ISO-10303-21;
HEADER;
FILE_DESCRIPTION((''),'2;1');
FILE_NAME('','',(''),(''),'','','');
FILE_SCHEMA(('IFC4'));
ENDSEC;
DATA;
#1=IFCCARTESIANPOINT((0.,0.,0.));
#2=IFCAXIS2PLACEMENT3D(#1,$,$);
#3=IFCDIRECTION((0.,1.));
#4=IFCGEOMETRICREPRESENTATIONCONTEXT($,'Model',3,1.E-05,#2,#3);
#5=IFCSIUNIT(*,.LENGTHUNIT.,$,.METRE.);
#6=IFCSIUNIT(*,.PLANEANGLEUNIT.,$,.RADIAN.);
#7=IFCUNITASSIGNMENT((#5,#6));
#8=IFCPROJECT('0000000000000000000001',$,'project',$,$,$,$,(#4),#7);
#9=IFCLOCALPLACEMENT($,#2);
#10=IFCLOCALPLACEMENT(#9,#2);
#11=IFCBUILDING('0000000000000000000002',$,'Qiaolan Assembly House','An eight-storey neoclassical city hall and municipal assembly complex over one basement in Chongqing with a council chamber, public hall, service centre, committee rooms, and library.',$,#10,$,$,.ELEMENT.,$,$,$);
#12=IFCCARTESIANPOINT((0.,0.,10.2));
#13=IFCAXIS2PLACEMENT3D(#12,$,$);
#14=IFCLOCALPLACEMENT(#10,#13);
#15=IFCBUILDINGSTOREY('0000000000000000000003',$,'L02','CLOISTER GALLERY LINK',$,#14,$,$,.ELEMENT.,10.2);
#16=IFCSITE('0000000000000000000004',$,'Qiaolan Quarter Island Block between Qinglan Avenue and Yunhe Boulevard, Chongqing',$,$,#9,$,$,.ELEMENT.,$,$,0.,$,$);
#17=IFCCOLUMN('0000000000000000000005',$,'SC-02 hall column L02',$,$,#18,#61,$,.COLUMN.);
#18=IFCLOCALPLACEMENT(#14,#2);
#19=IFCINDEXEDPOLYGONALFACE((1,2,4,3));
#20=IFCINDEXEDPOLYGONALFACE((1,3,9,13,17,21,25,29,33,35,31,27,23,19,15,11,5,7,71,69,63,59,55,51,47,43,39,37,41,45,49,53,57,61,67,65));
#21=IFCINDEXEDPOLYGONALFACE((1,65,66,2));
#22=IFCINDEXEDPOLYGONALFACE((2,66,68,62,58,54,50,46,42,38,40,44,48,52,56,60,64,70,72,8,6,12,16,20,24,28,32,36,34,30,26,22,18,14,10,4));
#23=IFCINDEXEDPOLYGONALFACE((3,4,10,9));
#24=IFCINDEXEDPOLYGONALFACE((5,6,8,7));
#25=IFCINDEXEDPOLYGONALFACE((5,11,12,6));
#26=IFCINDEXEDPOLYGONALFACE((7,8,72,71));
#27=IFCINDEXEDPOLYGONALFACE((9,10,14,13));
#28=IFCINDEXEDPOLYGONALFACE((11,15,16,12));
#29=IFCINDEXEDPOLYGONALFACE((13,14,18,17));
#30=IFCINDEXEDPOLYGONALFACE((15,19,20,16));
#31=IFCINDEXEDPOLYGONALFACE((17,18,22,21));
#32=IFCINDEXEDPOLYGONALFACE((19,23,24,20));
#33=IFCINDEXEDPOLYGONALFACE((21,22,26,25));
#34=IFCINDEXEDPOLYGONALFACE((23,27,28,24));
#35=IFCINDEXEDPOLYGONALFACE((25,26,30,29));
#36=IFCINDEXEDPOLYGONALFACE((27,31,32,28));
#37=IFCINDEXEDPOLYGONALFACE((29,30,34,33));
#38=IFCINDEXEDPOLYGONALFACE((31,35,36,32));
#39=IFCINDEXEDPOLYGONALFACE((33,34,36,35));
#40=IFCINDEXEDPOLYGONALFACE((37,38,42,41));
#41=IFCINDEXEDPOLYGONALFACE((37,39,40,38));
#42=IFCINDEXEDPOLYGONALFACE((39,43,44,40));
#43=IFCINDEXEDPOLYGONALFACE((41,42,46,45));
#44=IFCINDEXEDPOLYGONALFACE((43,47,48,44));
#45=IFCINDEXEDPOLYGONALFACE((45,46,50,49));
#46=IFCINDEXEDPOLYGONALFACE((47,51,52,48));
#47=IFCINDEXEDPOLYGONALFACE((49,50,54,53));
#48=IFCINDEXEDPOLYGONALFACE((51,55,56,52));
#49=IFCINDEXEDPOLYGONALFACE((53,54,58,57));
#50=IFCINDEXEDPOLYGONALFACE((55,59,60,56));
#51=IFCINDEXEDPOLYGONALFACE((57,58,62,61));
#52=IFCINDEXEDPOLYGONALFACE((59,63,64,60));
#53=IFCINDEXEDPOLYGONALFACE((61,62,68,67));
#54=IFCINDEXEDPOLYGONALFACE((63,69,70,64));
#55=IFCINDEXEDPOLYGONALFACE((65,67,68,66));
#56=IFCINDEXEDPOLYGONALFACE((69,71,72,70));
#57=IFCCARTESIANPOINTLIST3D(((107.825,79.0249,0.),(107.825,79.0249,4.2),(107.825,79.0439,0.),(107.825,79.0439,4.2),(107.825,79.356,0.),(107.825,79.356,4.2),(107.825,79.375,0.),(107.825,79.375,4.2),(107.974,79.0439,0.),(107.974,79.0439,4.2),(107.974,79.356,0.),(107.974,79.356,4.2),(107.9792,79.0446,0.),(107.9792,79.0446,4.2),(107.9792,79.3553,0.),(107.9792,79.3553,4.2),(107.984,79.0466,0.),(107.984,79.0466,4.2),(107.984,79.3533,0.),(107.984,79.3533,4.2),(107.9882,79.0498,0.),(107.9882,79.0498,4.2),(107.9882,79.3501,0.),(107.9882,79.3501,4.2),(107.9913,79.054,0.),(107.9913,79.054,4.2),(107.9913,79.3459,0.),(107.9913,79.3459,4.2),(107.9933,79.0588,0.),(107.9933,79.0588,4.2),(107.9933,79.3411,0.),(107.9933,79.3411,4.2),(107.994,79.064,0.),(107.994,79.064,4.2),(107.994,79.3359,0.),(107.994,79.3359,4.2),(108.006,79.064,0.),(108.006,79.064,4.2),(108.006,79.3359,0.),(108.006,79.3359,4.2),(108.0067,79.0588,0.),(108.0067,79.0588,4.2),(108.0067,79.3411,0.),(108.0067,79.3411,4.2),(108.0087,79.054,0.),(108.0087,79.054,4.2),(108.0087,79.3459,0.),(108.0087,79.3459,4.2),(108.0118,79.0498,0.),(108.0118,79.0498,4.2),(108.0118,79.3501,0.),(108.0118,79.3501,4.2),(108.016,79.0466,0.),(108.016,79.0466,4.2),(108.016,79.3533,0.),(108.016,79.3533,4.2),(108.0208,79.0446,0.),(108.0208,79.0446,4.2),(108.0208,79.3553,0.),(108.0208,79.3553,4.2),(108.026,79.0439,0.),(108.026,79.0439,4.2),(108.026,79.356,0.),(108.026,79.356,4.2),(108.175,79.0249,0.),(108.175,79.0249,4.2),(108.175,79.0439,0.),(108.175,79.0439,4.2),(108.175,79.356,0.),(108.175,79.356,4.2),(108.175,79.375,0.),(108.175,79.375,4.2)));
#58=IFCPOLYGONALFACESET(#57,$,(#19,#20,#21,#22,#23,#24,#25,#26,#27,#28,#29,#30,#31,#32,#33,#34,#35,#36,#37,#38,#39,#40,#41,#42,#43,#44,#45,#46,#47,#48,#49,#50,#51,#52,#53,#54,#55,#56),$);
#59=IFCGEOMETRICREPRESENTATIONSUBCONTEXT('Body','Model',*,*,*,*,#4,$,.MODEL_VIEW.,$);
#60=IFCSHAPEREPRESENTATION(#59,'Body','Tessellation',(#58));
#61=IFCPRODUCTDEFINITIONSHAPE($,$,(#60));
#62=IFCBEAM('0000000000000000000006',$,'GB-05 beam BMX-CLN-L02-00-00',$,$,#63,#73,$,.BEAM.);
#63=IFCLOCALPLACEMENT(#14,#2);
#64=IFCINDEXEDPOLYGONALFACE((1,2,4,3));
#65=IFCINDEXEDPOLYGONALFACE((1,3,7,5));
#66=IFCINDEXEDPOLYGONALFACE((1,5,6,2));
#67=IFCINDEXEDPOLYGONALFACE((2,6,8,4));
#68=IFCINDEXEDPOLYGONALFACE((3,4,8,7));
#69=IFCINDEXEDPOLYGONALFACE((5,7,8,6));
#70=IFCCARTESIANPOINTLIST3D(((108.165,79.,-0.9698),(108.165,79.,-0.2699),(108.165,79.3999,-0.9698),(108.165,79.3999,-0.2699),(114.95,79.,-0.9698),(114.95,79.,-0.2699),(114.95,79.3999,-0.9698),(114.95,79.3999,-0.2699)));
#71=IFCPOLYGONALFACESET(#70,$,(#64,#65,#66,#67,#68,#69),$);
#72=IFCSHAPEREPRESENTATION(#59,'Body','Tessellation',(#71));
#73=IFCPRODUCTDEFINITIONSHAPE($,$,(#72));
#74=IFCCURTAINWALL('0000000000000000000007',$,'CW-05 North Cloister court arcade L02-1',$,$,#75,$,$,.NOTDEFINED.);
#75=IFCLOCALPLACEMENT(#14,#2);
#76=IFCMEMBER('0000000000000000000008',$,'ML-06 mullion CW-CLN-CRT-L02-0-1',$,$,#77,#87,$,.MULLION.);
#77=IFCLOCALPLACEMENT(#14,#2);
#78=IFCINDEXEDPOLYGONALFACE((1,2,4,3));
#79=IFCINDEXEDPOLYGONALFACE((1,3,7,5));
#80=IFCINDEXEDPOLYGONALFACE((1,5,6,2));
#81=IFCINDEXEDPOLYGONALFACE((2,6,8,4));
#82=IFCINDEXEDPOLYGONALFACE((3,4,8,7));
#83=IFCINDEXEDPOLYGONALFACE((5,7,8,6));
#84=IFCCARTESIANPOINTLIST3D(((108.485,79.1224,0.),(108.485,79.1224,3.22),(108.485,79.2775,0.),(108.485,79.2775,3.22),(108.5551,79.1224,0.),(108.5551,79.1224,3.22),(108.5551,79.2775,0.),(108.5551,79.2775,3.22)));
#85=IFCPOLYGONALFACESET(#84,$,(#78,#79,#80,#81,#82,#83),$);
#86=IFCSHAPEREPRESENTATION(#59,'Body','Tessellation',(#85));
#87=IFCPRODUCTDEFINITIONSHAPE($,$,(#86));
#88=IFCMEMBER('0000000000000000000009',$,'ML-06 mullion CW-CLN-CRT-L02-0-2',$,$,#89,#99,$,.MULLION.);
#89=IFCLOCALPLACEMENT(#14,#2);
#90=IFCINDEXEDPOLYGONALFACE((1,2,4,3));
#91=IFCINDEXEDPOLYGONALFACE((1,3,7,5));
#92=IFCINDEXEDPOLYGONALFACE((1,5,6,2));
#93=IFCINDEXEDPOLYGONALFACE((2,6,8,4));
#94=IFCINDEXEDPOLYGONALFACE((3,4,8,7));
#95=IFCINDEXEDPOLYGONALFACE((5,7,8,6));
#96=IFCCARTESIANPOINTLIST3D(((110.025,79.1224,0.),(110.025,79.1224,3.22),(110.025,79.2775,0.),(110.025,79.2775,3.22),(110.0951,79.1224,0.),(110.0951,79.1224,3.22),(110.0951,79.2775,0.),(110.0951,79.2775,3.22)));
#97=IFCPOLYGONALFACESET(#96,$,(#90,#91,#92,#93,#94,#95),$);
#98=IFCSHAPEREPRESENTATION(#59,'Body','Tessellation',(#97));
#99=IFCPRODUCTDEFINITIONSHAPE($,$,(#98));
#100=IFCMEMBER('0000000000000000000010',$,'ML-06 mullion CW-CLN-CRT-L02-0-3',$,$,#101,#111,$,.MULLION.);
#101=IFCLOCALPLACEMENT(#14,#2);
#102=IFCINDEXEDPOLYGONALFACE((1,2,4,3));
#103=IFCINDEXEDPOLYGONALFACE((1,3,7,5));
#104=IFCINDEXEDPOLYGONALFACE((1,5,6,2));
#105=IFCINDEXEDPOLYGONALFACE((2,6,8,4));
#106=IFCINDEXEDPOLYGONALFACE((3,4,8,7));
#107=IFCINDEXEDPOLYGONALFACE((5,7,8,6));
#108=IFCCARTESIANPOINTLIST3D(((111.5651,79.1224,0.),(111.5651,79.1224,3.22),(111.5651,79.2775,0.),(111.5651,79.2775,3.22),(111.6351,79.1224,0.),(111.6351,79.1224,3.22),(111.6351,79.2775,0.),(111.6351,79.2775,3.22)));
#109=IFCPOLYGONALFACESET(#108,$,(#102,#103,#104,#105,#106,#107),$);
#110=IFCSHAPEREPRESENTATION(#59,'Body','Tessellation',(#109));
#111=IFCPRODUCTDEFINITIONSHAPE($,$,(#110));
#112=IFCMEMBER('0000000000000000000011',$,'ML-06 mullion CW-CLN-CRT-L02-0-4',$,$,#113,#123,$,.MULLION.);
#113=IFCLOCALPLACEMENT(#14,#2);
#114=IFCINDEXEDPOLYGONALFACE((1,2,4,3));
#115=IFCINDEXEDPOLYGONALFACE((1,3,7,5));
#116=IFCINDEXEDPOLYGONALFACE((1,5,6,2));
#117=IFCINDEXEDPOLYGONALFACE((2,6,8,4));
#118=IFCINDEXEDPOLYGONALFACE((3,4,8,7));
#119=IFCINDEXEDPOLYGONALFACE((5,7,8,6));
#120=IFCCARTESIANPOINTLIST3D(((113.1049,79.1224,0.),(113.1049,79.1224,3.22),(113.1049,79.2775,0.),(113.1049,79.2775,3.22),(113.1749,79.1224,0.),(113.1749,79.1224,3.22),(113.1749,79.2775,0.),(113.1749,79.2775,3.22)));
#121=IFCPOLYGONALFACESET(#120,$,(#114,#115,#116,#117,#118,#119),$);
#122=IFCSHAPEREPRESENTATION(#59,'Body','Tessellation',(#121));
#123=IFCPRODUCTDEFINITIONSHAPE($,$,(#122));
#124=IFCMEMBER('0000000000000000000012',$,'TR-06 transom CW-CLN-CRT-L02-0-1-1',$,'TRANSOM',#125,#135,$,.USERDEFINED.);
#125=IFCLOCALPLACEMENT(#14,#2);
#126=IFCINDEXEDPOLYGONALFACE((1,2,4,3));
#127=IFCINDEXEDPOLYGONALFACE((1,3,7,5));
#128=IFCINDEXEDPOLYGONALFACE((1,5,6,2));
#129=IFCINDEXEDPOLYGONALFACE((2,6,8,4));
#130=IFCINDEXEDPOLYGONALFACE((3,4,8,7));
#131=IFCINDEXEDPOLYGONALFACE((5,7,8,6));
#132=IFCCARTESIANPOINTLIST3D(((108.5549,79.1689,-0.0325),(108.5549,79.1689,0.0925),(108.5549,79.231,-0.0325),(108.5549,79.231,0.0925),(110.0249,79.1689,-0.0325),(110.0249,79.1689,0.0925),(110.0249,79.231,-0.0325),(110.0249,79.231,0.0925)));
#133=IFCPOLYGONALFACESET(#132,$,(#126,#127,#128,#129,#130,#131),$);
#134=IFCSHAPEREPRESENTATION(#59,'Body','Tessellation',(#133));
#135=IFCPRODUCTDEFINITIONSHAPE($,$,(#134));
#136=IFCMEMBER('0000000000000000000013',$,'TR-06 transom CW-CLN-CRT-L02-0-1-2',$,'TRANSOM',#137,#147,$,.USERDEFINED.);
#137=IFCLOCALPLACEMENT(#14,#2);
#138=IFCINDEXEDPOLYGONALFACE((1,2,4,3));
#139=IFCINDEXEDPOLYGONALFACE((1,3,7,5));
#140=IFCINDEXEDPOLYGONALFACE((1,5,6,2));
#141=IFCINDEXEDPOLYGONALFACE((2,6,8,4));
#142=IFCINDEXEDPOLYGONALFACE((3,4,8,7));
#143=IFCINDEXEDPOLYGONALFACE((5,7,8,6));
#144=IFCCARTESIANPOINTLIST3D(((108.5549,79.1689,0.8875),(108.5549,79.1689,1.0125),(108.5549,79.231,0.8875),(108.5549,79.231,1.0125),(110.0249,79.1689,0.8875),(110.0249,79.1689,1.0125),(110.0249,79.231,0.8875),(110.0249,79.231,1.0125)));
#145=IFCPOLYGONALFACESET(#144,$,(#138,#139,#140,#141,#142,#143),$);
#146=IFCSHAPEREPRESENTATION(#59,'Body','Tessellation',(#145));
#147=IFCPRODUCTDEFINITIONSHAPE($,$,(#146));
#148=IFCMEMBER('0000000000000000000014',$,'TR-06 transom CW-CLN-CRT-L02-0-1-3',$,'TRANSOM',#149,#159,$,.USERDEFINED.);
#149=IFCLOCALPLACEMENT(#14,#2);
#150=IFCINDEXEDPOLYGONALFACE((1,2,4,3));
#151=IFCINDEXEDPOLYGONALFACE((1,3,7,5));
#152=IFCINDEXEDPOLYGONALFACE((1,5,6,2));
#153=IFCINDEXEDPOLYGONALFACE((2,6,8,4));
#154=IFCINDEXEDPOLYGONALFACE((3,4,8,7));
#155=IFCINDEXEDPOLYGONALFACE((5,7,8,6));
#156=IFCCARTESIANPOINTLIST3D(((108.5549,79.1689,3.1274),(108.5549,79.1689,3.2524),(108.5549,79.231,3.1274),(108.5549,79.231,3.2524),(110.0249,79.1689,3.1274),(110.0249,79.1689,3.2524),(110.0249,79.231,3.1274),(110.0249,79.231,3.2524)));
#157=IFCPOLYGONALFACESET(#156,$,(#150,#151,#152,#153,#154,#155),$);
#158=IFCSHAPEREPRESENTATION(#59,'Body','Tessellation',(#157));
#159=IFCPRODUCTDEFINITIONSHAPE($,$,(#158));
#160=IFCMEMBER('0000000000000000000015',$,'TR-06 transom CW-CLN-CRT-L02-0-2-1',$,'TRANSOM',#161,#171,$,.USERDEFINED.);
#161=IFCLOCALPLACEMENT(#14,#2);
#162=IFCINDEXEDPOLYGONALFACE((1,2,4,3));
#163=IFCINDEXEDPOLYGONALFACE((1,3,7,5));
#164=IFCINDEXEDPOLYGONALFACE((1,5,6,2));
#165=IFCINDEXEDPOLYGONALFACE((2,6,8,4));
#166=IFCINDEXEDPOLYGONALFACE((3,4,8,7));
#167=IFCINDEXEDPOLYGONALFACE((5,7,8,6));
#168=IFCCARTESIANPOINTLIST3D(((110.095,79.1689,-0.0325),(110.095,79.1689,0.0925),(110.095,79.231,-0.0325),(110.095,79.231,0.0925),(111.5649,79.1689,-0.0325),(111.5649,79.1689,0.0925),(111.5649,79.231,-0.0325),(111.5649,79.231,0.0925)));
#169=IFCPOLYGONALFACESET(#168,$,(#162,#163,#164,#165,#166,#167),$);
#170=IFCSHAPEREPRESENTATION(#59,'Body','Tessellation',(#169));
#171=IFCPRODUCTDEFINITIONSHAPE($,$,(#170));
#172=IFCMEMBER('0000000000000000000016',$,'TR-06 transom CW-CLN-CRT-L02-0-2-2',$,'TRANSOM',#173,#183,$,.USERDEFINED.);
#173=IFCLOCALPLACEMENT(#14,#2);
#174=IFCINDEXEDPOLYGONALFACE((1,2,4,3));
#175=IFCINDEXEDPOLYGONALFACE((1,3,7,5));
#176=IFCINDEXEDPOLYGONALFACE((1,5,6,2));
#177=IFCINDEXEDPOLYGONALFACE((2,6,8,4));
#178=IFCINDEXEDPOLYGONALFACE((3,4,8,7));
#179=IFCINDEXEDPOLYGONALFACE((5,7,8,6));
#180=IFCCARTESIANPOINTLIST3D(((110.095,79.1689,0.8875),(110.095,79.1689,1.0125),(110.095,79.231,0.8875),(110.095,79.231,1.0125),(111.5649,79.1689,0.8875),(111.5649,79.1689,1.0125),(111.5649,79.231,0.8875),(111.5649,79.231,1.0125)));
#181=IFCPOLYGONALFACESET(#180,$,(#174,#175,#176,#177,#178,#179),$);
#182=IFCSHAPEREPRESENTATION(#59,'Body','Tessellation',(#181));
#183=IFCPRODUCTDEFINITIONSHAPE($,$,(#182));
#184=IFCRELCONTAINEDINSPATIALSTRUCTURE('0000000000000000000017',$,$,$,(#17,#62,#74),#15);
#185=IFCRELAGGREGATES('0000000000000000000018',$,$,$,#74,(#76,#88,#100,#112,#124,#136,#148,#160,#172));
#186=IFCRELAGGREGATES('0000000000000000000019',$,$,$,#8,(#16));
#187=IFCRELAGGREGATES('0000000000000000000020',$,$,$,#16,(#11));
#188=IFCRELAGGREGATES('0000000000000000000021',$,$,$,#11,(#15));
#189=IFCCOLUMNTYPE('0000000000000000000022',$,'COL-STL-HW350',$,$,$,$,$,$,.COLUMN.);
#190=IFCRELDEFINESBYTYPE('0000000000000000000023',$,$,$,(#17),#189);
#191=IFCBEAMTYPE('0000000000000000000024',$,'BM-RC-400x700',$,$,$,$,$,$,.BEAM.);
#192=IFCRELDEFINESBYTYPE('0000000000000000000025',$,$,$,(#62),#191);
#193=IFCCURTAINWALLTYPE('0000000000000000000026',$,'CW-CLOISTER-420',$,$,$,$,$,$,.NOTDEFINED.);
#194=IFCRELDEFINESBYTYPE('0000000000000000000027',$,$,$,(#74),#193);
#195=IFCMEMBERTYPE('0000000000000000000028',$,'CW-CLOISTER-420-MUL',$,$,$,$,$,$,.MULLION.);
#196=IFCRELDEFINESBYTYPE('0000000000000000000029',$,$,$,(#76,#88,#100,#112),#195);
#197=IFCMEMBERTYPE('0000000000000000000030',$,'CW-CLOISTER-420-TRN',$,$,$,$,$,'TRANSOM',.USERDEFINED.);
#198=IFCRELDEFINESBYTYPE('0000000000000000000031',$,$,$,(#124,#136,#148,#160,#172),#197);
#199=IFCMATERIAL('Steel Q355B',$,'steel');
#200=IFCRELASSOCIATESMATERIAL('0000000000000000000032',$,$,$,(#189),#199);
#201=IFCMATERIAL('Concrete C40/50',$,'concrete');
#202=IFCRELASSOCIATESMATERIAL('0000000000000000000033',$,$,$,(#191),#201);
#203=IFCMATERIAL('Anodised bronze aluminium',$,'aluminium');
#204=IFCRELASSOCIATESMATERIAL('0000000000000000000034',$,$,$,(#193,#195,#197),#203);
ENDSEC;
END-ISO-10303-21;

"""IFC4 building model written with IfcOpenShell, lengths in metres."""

from ifc_helpers import new_model, si_unit, direction, frame, origin, origin_2d, place, context, subcontext, project, spatial, rectangle, i_section, extrude, material, material_profile, profile_set, type_object, element, aggregate, save


model = new_model("IFC4")

# Units and contexts
model_context = context("Model", 3, precision=1e-05, world=origin(), true_north=direction((0.0, 1.0)))
body_context = subcontext(model_context, "Body", "Model", "MODEL_VIEW")
ifc_project = project(units=[si_unit("LENGTHUNIT", "METRE"), si_unit("PLANEANGLEUNIT", "RADIAN")], contexts=[model_context])

# Site, building, storey
site_placement = place(None, origin())
site = spatial("IfcSite", under=ifc_project, at=site_placement, Name="Qiaolan Quarter Island Block between Qinglan Avenue and Yunhe Boulevard, Chongqing", CompositionType="ELEMENT", RefElevation=0.0)
building_placement = place(site_placement, origin())
building = spatial("IfcBuilding", under=site, at=building_placement, Name="Qiaolan Assembly House", Description="An eight-storey neoclassical city hall and municipal assembly complex over one basement in Chongqing with a council chamber, public hall, service centre, committee rooms, and library.", CompositionType="ELEMENT")
storey_placement = place(building_placement, frame((0.0, 0.0, 10.2)))
storey = spatial("IfcBuildingStorey", under=building, at=storey_placement, Name="L02", Description="CLOISTER GALLERY LINK", CompositionType="ELEMENT", Elevation=10.2)

# Column
ifc_material_1 = material(Name="Steel Q355B", Category="steel")
ifc_material_profile_1 = material_profile(ifc_material_1, i_section(OverallWidth=0.3501, OverallDepth=0.3501, WebThickness=0.012, FlangeThickness=0.019, FilletRadius=0.02, at=origin_2d()), Name="HW 350x350x12x19")
ifc_profile_set_1 = profile_set([ifc_material_profile_1], Name="Steel Q355B")
column_type = type_object("IfcColumnType", Name="COL-STL-HW350", PredefinedType="COLUMN", material=ifc_profile_set_1)
column_placement = place(storey_placement, frame((108.0, 79.2, 0.0), z_axis=(0.0, 0.0, 1.0), x_axis=(1.0, 0.0, 0.0)))
element("IfcColumn", 1, at=column_placement, inside=storey, type_object=column_type, Name="SC-02 hall column L02", PredefinedType="COLUMN", context=body_context, shape_type="SweptSolid", body=[
    extrude(i_section(OverallWidth=0.3501, OverallDepth=0.3501, WebThickness=0.012, FlangeThickness=0.019, FilletRadius=0.02, at=origin_2d()), origin(), (0.0, 0.0, 1.0), 4.2),
])

# Beam
ifc_material_2 = material(Name="Concrete C40/50", Category="concrete")
ifc_material_profile_2 = material_profile(ifc_material_2, rectangle(XDim=0.3999, YDim=0.7, at=origin_2d()), Name="RCB 400x700")
ifc_profile_set_2 = profile_set([ifc_material_profile_2], Name="Concrete C40/50")
beam_type = type_object("IfcBeamType", Name="BM-RC-400x700", PredefinedType="BEAM", material=ifc_profile_set_2)
beam_placement = place(storey_placement, frame((108.165, 79.2, -0.6199), z_axis=(1.0, 0.0, 0.0), x_axis=(0.0, 1.0, 0.0)))
element("IfcBeam", 2, at=beam_placement, inside=storey, type_object=beam_type, Name="GB-05 beam BMX-CLN-L02-00-00", PredefinedType="BEAM", context=body_context, shape_type="SweptSolid", body=[
    extrude(rectangle(XDim=0.3999, YDim=0.7, at=origin_2d()), origin(), (0.0, 0.0, 1.0), 6.7849),
])

# Curtain wall, members
ifc_material_3 = material(Name="Anodised bronze aluminium", Category="aluminium")
curtain_wall_type = type_object("IfcCurtainWallType", Name="CW-CLOISTER-420", PredefinedType="NOTDEFINED", material=ifc_material_3)
curtain_wall_placement = place(storey_placement, origin())
curtain_wall = element("IfcCurtainWall", 3, at=curtain_wall_placement, inside=storey, type_object=curtain_wall_type, Name="CW-05 North Cloister court arcade L02-1", PredefinedType="NOTDEFINED")
ifc_material_profile_3 = material_profile(ifc_material_3, rectangle(XDim=0.0701, YDim=0.155, at=origin_2d()), Name="MUL 70x155")
ifc_profile_set_3 = profile_set([ifc_material_profile_3], Name="Anodised bronze aluminium")
member_type_1 = type_object("IfcMemberType", Name="CW-CLOISTER-420-MUL", PredefinedType="MULLION", material=ifc_profile_set_3)
member_1_placement = place(storey_placement, frame((108.52, 79.2, 0.0), z_axis=(0.0, 0.0, 1.0), x_axis=(1.0, 0.0, 0.0)))
member_1 = element("IfcMember", 4, at=member_1_placement, type_object=member_type_1, Name="ML-06 mullion CW-CLN-CRT-L02-0-1", PredefinedType="MULLION", context=body_context, shape_type="SweptSolid", body=[
    extrude(rectangle(XDim=0.0701, YDim=0.155, at=origin_2d()), origin(), (0.0, 0.0, 1.0), 3.22),
])
member_2_placement = place(storey_placement, frame((110.0601, 79.2, 0.0), z_axis=(0.0, 0.0, 1.0), x_axis=(1.0, 0.0, 0.0)))
member_2 = element("IfcMember", 5, at=member_2_placement, type_object=member_type_1, Name="ML-06 mullion CW-CLN-CRT-L02-0-2", PredefinedType="MULLION", context=body_context, shape_type="SweptSolid", body=[
    extrude(rectangle(XDim=0.0701, YDim=0.155, at=origin_2d()), origin(), (0.0, 0.0, 1.0), 3.22),
])
member_3_placement = place(storey_placement, frame((111.6001, 79.2, 0.0), z_axis=(0.0, 0.0, 1.0), x_axis=(1.0, 0.0, 0.0)))
member_3 = element("IfcMember", 6, at=member_3_placement, type_object=member_type_1, Name="ML-06 mullion CW-CLN-CRT-L02-0-3", PredefinedType="MULLION", context=body_context, shape_type="SweptSolid", body=[
    extrude(rectangle(XDim=0.0701, YDim=0.155, at=origin_2d()), origin(), (0.0, 0.0, 1.0), 3.22),
])
member_4_placement = place(storey_placement, frame((113.1399, 79.2, 0.0), z_axis=(0.0, 0.0, 1.0), x_axis=(1.0, 0.0, 0.0)))
member_4 = element("IfcMember", 7, at=member_4_placement, type_object=member_type_1, Name="ML-06 mullion CW-CLN-CRT-L02-0-4", PredefinedType="MULLION", context=body_context, shape_type="SweptSolid", body=[
    extrude(rectangle(XDim=0.0701, YDim=0.155, at=origin_2d()), origin(), (0.0, 0.0, 1.0), 3.22),
])
ifc_material_profile_4 = material_profile(ifc_material_3, rectangle(XDim=0.062, YDim=0.125, at=origin_2d()), Name="TRN 62x125")
ifc_profile_set_4 = profile_set([ifc_material_profile_4], Name="Anodised bronze aluminium")
member_type_2 = type_object("IfcMemberType", Name="CW-CLOISTER-420-TRN", ElementType="TRANSOM", PredefinedType="USERDEFINED", material=ifc_profile_set_4)
member_5_placement = place(storey_placement, frame((108.5549, 79.2, 0.03), z_axis=(1.0, 0.0, 0.0), x_axis=(0.0, 1.0, 0.0)))
member_5 = element("IfcMember", 8, at=member_5_placement, type_object=member_type_2, Name="TR-06 transom CW-CLN-CRT-L02-0-1-1", ObjectType="TRANSOM", PredefinedType="USERDEFINED", context=body_context, shape_type="SweptSolid", body=[
    extrude(rectangle(XDim=0.062, YDim=0.125, at=origin_2d()), origin(), (0.0, 0.0, 1.0), 1.47),
])
member_6_placement = place(storey_placement, frame((108.5549, 79.2, 0.95), z_axis=(1.0, 0.0, 0.0), x_axis=(0.0, 1.0, 0.0)))
member_6 = element("IfcMember", 9, at=member_6_placement, type_object=member_type_2, Name="TR-06 transom CW-CLN-CRT-L02-0-1-2", ObjectType="TRANSOM", PredefinedType="USERDEFINED", context=body_context, shape_type="SweptSolid", body=[
    extrude(rectangle(XDim=0.062, YDim=0.125, at=origin_2d()), origin(), (0.0, 0.0, 1.0), 1.47),
])
member_7_placement = place(storey_placement, frame((108.5549, 79.2, 3.1899), z_axis=(1.0, 0.0, 0.0), x_axis=(0.0, 1.0, 0.0)))
member_7 = element("IfcMember", 10, at=member_7_placement, type_object=member_type_2, Name="TR-06 transom CW-CLN-CRT-L02-0-1-3", ObjectType="TRANSOM", PredefinedType="USERDEFINED", context=body_context, shape_type="SweptSolid", body=[
    extrude(rectangle(XDim=0.062, YDim=0.125, at=origin_2d()), origin(), (0.0, 0.0, 1.0), 1.47),
])
member_8_placement = place(storey_placement, frame((110.095, 79.2, 0.03), z_axis=(1.0, 0.0, 0.0), x_axis=(0.0, 1.0, 0.0)))
member_8 = element("IfcMember", 11, at=member_8_placement, type_object=member_type_2, Name="TR-06 transom CW-CLN-CRT-L02-0-2-1", ObjectType="TRANSOM", PredefinedType="USERDEFINED", context=body_context, shape_type="SweptSolid", body=[
    extrude(rectangle(XDim=0.062, YDim=0.125, at=origin_2d()), origin(), (0.0, 0.0, 1.0), 1.47),
])
member_9_placement = place(storey_placement, frame((110.095, 79.2, 0.95), z_axis=(1.0, 0.0, 0.0), x_axis=(0.0, 1.0, 0.0)))
member_9 = element("IfcMember", 12, at=member_9_placement, type_object=member_type_2, Name="TR-06 transom CW-CLN-CRT-L02-0-2-2", ObjectType="TRANSOM", PredefinedType="USERDEFINED", context=body_context, shape_type="SweptSolid", body=[
    extrude(rectangle(XDim=0.062, YDim=0.125, at=origin_2d()), origin(), (0.0, 0.0, 1.0), 1.47),
])
aggregate(curtain_wall, [member_1, member_2, member_3, member_4, member_5, member_6, member_7, member_8, member_9])

save(model, "model.ifc")
